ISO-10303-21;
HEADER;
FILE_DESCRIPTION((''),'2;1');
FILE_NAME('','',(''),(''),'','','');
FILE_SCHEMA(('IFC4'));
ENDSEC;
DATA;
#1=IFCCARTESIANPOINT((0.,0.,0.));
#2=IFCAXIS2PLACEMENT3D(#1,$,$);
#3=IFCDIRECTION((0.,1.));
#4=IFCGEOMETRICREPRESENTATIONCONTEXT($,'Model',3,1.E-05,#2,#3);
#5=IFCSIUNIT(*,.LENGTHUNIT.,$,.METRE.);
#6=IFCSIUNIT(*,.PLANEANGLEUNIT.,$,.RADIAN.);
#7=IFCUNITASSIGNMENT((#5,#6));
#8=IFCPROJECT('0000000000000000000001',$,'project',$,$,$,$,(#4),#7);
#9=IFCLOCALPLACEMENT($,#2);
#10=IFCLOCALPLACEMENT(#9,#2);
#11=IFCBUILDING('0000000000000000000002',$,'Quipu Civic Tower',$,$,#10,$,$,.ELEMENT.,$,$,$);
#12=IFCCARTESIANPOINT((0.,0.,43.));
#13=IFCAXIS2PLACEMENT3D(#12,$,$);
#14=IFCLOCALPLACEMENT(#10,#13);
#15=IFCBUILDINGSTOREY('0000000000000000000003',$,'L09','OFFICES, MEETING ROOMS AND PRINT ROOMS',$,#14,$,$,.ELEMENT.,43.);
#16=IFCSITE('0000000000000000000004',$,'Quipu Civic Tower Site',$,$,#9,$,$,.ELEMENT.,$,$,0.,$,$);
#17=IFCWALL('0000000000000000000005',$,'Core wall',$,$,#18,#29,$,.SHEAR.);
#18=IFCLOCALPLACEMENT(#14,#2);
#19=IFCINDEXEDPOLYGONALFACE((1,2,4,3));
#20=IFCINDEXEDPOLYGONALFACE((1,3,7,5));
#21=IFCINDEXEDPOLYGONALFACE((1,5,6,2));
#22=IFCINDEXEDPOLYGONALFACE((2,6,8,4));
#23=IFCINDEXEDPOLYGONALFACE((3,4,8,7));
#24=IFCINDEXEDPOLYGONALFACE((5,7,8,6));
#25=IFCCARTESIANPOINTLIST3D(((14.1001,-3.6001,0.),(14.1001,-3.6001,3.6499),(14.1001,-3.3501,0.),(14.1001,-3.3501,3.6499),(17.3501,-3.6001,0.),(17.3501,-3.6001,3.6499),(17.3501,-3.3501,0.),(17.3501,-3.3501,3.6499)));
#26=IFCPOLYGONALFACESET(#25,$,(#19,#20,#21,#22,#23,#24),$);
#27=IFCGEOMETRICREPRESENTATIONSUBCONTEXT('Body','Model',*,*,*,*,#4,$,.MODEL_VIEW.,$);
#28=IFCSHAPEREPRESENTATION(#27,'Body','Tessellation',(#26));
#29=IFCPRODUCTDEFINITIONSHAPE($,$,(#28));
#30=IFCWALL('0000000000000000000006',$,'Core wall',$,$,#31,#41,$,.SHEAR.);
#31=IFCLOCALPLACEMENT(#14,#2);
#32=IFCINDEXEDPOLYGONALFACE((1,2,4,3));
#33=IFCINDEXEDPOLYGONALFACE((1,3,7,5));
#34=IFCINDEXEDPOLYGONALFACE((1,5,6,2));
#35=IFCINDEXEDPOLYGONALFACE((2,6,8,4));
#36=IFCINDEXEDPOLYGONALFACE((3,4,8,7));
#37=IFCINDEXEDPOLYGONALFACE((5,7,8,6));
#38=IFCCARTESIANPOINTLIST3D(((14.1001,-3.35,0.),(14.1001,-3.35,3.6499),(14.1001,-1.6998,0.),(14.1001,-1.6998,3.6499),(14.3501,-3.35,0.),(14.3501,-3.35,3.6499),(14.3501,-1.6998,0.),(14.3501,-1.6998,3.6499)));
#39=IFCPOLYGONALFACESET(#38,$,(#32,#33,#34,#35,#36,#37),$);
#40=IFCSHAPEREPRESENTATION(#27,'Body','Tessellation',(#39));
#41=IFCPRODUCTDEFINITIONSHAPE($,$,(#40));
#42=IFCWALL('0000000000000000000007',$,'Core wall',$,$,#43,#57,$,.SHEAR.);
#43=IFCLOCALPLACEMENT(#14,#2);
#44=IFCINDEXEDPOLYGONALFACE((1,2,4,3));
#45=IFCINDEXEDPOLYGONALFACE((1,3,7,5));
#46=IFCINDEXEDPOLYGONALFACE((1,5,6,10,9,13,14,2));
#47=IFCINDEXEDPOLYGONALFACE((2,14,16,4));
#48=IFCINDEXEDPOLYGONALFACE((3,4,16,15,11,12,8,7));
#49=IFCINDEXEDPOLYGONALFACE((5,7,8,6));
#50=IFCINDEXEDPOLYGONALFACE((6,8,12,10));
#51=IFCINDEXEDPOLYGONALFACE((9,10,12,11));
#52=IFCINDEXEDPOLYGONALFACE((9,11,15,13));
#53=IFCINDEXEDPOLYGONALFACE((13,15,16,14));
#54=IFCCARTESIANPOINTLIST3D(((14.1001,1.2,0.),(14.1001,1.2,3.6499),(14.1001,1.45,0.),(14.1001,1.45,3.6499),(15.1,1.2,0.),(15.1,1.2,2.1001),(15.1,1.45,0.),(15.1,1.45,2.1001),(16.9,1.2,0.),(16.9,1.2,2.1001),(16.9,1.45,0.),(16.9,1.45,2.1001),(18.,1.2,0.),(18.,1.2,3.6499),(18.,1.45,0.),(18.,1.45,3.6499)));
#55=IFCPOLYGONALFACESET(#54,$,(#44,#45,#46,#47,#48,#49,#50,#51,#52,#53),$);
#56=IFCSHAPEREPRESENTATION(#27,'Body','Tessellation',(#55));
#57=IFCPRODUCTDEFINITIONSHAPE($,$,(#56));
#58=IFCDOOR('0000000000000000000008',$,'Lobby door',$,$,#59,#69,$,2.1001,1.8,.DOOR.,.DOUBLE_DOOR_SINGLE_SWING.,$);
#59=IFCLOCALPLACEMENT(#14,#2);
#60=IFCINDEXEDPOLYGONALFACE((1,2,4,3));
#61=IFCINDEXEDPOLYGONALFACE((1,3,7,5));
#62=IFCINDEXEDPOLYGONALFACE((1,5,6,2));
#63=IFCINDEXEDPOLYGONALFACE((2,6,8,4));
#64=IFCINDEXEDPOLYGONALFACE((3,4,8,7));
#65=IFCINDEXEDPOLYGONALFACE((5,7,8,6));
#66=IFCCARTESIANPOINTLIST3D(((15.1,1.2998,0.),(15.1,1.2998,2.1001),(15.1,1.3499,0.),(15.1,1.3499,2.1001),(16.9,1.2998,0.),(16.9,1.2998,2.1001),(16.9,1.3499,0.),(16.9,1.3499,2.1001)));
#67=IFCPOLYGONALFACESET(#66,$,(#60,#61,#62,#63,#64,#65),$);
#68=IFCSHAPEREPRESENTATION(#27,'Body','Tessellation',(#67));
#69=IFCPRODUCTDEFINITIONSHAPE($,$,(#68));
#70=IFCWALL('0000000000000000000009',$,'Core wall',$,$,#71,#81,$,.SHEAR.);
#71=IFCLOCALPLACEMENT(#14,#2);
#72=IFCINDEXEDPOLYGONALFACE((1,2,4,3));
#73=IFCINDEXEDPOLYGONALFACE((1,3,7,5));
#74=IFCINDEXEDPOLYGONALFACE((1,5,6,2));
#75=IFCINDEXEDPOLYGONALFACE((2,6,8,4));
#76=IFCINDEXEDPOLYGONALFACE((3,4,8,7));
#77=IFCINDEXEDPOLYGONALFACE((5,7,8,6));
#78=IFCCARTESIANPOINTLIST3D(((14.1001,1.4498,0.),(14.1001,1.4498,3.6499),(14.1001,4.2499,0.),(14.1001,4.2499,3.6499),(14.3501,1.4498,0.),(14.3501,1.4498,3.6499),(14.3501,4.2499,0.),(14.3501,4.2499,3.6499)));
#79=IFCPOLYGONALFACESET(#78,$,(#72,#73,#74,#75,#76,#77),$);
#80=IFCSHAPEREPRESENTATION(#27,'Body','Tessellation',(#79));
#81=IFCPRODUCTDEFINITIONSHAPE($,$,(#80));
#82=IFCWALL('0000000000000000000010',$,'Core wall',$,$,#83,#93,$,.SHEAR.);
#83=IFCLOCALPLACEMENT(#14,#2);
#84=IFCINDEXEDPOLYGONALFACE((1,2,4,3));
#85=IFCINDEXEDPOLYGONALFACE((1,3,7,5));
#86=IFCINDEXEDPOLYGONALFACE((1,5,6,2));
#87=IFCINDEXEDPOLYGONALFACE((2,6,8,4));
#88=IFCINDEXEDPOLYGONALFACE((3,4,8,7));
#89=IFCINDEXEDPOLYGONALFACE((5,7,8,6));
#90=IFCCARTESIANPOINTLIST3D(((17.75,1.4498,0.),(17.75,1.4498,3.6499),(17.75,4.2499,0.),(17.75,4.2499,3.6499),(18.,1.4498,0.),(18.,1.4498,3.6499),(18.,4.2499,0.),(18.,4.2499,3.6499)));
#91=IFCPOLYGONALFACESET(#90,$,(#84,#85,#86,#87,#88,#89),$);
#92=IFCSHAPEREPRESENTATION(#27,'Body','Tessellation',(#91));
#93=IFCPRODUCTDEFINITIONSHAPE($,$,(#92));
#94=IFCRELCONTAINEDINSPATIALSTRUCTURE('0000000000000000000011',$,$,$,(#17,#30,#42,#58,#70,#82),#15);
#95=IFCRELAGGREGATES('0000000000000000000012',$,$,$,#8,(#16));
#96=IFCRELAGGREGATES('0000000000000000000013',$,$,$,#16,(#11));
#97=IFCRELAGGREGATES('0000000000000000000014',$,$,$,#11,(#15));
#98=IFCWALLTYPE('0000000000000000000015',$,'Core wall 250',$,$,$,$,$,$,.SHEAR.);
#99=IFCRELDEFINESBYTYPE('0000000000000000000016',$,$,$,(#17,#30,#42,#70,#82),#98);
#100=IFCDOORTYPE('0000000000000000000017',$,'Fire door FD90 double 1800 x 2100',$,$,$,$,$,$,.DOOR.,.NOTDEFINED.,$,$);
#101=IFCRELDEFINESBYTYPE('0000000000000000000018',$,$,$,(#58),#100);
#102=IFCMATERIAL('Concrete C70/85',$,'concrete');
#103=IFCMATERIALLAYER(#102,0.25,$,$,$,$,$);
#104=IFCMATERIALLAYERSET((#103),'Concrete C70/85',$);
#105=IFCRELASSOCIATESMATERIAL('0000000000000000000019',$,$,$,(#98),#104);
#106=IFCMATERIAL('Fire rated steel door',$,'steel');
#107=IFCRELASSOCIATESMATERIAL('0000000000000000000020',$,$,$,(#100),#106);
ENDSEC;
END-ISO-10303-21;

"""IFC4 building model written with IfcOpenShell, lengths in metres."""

from ifc_helpers import new_model, si_unit, direction, frame, frame_2d, origin, place, context, subcontext, project, spatial, rectangle, extrude, material, layer, layer_set, type_object, element, fill, save


model = new_model("IFC4")

# Units and contexts
model_context = context("Model", 3, precision=1e-05, world=origin(), true_north=direction((0.0, 1.0)))
body_context = subcontext(model_context, "Body", "Model", "MODEL_VIEW")
ifc_project = project(units=[si_unit("LENGTHUNIT", "METRE"), si_unit("PLANEANGLEUNIT", "RADIAN")], contexts=[model_context])

# Site, building, storey
site_placement = place(None, origin())
site = spatial("IfcSite", under=ifc_project, at=site_placement, Name="Quipu Civic Tower Site", CompositionType="ELEMENT", RefElevation=0.0)
building_placement = place(site_placement, origin())
building = spatial("IfcBuilding", under=site, at=building_placement, Name="Quipu Civic Tower", CompositionType="ELEMENT")
storey_placement = place(building_placement, frame((0.0, 0.0, 43.0)))
storey = spatial("IfcBuildingStorey", under=building, at=storey_placement, Name="L09", Description="OFFICES, MEETING ROOMS AND PRINT ROOMS", CompositionType="ELEMENT", Elevation=43.0)

# Walls
ifc_material_1 = material(Name="Concrete C70/85", Category="concrete")
ifc_layer_1 = layer(ifc_material_1, 0.25)
ifc_layer_set_1 = layer_set([ifc_layer_1], Name="Concrete C70/85")
wall_type_1 = type_object("IfcWallType", Name="Core wall 250", PredefinedType="SHEAR", material=ifc_layer_set_1)
wall_1_placement = place(storey_placement, frame((14.1001, -3.4751, 0.0), z_axis=(0.0, 0.0, 1.0), x_axis=(1.0, 0.0, 0.0)))
element("IfcWall", 1, at=wall_1_placement, inside=storey, type_object=wall_type_1, Name="Core wall", PredefinedType="SHEAR", context=body_context, shape_type="SweptSolid", body=[
    extrude(rectangle(XDim=3.25, YDim=0.25, at=frame_2d((1.625, 0.0))), origin(), (0.0, 0.0, 1.0), 3.6499),
])
wall_2_placement = place(storey_placement, frame((14.2251, -3.3501, 0.0), z_axis=(0.0, 0.0, 1.0), x_axis=(0.0, 1.0, 0.0)))
element("IfcWall", 2, at=wall_2_placement, inside=storey, type_object=wall_type_1, Name="Core wall", PredefinedType="SHEAR", context=body_context, shape_type="SweptSolid", body=[
    extrude(rectangle(XDim=1.6501, YDim=0.25, at=frame_2d((0.8252, 0.0))), origin(), (0.0, 0.0, 1.0), 3.6499),
])

# Wall, opening, door
wall_3_placement = place(storey_placement, frame((14.1001, 1.325, 0.0), z_axis=(0.0, 0.0, 1.0), x_axis=(1.0, 0.0, 0.0)))
wall_3 = element("IfcWall", 3, at=wall_3_placement, inside=storey, type_object=wall_type_1, Name="Core wall", PredefinedType="SHEAR", context=body_context, shape_type="SweptSolid", body=[
    extrude(rectangle(XDim=3.8999, YDim=0.25, at=frame_2d((1.95, 0.0))), origin(), (0.0, 0.0, 1.0), 3.6499),
])
opening_1_placement = place(wall_3_placement, frame((1.0, 0.0, 0.0)))
opening_1 = element("IfcOpeningElement", 4, at=opening_1_placement, cuts=wall_3, PredefinedType="OPENING", context=body_context, shape_type="SweptSolid", body=[
    extrude(rectangle(XDim=1.8, YDim=2.1001, at=frame_2d((0.8999, 1.05))), frame((0.0, 0.135, 0.0), z_axis=(0.0, -1.0, 0.0), x_axis=(1.0, 0.0, 0.0)), (0.0, 0.0, 1.0), 0.27),
])
ifc_material_2 = material(Name="Fire rated steel door", Category="steel")
door_type_1 = type_object("IfcDoorType", Name="Fire door FD90 double 1800 x 2100", OperationType="NOTDEFINED", PredefinedType="DOOR", material=ifc_material_2)
door_1_placement = place(opening_1_placement, origin())
door_1 = element("IfcDoor", 5, at=door_1_placement, inside=storey, type_object=door_type_1, Name="Lobby door", OperationType="DOUBLE_DOOR_SINGLE_SWING", OverallHeight=2.1001, OverallWidth=1.8, PredefinedType="DOOR", context=body_context, shape_type="SweptSolid", body=[
    extrude(rectangle(XDim=1.8, YDim=2.1001, at=frame_2d((0.8999, 1.05))), frame((0.0, 0.0249, 0.0), z_axis=(0.0, -1.0, 0.0), x_axis=(1.0, 0.0, 0.0)), (0.0, 0.0, 1.0), 0.05),
])
fill(opening_1, door_1)

# Walls
for number, where, z_axis, x_axis, name in (
    (6, (14.2251, 1.45, 0.0), (0.0, 0.0, 1.0), (0.0, 1.0, 0.0), "Core wall"),
    (7, (17.875, 1.45, 0.0), (0.0, 0.0, 1.0), (0.0, 1.0, 0.0), "Core wall"),
):
    element("IfcWall", number, at=place(storey_placement, frame(where, z_axis=z_axis, x_axis=x_axis)), inside=storey, type_object=wall_type_1, Name=name, PredefinedType="SHEAR", context=body_context, shape_type="SweptSolid", body=[
        extrude(rectangle(XDim=2.8, YDim=0.25, at=frame_2d((1.3999, 0.0))), origin(), (0.0, 0.0, 1.0), 3.6499),
    ])

save(model, "model.ifc")
